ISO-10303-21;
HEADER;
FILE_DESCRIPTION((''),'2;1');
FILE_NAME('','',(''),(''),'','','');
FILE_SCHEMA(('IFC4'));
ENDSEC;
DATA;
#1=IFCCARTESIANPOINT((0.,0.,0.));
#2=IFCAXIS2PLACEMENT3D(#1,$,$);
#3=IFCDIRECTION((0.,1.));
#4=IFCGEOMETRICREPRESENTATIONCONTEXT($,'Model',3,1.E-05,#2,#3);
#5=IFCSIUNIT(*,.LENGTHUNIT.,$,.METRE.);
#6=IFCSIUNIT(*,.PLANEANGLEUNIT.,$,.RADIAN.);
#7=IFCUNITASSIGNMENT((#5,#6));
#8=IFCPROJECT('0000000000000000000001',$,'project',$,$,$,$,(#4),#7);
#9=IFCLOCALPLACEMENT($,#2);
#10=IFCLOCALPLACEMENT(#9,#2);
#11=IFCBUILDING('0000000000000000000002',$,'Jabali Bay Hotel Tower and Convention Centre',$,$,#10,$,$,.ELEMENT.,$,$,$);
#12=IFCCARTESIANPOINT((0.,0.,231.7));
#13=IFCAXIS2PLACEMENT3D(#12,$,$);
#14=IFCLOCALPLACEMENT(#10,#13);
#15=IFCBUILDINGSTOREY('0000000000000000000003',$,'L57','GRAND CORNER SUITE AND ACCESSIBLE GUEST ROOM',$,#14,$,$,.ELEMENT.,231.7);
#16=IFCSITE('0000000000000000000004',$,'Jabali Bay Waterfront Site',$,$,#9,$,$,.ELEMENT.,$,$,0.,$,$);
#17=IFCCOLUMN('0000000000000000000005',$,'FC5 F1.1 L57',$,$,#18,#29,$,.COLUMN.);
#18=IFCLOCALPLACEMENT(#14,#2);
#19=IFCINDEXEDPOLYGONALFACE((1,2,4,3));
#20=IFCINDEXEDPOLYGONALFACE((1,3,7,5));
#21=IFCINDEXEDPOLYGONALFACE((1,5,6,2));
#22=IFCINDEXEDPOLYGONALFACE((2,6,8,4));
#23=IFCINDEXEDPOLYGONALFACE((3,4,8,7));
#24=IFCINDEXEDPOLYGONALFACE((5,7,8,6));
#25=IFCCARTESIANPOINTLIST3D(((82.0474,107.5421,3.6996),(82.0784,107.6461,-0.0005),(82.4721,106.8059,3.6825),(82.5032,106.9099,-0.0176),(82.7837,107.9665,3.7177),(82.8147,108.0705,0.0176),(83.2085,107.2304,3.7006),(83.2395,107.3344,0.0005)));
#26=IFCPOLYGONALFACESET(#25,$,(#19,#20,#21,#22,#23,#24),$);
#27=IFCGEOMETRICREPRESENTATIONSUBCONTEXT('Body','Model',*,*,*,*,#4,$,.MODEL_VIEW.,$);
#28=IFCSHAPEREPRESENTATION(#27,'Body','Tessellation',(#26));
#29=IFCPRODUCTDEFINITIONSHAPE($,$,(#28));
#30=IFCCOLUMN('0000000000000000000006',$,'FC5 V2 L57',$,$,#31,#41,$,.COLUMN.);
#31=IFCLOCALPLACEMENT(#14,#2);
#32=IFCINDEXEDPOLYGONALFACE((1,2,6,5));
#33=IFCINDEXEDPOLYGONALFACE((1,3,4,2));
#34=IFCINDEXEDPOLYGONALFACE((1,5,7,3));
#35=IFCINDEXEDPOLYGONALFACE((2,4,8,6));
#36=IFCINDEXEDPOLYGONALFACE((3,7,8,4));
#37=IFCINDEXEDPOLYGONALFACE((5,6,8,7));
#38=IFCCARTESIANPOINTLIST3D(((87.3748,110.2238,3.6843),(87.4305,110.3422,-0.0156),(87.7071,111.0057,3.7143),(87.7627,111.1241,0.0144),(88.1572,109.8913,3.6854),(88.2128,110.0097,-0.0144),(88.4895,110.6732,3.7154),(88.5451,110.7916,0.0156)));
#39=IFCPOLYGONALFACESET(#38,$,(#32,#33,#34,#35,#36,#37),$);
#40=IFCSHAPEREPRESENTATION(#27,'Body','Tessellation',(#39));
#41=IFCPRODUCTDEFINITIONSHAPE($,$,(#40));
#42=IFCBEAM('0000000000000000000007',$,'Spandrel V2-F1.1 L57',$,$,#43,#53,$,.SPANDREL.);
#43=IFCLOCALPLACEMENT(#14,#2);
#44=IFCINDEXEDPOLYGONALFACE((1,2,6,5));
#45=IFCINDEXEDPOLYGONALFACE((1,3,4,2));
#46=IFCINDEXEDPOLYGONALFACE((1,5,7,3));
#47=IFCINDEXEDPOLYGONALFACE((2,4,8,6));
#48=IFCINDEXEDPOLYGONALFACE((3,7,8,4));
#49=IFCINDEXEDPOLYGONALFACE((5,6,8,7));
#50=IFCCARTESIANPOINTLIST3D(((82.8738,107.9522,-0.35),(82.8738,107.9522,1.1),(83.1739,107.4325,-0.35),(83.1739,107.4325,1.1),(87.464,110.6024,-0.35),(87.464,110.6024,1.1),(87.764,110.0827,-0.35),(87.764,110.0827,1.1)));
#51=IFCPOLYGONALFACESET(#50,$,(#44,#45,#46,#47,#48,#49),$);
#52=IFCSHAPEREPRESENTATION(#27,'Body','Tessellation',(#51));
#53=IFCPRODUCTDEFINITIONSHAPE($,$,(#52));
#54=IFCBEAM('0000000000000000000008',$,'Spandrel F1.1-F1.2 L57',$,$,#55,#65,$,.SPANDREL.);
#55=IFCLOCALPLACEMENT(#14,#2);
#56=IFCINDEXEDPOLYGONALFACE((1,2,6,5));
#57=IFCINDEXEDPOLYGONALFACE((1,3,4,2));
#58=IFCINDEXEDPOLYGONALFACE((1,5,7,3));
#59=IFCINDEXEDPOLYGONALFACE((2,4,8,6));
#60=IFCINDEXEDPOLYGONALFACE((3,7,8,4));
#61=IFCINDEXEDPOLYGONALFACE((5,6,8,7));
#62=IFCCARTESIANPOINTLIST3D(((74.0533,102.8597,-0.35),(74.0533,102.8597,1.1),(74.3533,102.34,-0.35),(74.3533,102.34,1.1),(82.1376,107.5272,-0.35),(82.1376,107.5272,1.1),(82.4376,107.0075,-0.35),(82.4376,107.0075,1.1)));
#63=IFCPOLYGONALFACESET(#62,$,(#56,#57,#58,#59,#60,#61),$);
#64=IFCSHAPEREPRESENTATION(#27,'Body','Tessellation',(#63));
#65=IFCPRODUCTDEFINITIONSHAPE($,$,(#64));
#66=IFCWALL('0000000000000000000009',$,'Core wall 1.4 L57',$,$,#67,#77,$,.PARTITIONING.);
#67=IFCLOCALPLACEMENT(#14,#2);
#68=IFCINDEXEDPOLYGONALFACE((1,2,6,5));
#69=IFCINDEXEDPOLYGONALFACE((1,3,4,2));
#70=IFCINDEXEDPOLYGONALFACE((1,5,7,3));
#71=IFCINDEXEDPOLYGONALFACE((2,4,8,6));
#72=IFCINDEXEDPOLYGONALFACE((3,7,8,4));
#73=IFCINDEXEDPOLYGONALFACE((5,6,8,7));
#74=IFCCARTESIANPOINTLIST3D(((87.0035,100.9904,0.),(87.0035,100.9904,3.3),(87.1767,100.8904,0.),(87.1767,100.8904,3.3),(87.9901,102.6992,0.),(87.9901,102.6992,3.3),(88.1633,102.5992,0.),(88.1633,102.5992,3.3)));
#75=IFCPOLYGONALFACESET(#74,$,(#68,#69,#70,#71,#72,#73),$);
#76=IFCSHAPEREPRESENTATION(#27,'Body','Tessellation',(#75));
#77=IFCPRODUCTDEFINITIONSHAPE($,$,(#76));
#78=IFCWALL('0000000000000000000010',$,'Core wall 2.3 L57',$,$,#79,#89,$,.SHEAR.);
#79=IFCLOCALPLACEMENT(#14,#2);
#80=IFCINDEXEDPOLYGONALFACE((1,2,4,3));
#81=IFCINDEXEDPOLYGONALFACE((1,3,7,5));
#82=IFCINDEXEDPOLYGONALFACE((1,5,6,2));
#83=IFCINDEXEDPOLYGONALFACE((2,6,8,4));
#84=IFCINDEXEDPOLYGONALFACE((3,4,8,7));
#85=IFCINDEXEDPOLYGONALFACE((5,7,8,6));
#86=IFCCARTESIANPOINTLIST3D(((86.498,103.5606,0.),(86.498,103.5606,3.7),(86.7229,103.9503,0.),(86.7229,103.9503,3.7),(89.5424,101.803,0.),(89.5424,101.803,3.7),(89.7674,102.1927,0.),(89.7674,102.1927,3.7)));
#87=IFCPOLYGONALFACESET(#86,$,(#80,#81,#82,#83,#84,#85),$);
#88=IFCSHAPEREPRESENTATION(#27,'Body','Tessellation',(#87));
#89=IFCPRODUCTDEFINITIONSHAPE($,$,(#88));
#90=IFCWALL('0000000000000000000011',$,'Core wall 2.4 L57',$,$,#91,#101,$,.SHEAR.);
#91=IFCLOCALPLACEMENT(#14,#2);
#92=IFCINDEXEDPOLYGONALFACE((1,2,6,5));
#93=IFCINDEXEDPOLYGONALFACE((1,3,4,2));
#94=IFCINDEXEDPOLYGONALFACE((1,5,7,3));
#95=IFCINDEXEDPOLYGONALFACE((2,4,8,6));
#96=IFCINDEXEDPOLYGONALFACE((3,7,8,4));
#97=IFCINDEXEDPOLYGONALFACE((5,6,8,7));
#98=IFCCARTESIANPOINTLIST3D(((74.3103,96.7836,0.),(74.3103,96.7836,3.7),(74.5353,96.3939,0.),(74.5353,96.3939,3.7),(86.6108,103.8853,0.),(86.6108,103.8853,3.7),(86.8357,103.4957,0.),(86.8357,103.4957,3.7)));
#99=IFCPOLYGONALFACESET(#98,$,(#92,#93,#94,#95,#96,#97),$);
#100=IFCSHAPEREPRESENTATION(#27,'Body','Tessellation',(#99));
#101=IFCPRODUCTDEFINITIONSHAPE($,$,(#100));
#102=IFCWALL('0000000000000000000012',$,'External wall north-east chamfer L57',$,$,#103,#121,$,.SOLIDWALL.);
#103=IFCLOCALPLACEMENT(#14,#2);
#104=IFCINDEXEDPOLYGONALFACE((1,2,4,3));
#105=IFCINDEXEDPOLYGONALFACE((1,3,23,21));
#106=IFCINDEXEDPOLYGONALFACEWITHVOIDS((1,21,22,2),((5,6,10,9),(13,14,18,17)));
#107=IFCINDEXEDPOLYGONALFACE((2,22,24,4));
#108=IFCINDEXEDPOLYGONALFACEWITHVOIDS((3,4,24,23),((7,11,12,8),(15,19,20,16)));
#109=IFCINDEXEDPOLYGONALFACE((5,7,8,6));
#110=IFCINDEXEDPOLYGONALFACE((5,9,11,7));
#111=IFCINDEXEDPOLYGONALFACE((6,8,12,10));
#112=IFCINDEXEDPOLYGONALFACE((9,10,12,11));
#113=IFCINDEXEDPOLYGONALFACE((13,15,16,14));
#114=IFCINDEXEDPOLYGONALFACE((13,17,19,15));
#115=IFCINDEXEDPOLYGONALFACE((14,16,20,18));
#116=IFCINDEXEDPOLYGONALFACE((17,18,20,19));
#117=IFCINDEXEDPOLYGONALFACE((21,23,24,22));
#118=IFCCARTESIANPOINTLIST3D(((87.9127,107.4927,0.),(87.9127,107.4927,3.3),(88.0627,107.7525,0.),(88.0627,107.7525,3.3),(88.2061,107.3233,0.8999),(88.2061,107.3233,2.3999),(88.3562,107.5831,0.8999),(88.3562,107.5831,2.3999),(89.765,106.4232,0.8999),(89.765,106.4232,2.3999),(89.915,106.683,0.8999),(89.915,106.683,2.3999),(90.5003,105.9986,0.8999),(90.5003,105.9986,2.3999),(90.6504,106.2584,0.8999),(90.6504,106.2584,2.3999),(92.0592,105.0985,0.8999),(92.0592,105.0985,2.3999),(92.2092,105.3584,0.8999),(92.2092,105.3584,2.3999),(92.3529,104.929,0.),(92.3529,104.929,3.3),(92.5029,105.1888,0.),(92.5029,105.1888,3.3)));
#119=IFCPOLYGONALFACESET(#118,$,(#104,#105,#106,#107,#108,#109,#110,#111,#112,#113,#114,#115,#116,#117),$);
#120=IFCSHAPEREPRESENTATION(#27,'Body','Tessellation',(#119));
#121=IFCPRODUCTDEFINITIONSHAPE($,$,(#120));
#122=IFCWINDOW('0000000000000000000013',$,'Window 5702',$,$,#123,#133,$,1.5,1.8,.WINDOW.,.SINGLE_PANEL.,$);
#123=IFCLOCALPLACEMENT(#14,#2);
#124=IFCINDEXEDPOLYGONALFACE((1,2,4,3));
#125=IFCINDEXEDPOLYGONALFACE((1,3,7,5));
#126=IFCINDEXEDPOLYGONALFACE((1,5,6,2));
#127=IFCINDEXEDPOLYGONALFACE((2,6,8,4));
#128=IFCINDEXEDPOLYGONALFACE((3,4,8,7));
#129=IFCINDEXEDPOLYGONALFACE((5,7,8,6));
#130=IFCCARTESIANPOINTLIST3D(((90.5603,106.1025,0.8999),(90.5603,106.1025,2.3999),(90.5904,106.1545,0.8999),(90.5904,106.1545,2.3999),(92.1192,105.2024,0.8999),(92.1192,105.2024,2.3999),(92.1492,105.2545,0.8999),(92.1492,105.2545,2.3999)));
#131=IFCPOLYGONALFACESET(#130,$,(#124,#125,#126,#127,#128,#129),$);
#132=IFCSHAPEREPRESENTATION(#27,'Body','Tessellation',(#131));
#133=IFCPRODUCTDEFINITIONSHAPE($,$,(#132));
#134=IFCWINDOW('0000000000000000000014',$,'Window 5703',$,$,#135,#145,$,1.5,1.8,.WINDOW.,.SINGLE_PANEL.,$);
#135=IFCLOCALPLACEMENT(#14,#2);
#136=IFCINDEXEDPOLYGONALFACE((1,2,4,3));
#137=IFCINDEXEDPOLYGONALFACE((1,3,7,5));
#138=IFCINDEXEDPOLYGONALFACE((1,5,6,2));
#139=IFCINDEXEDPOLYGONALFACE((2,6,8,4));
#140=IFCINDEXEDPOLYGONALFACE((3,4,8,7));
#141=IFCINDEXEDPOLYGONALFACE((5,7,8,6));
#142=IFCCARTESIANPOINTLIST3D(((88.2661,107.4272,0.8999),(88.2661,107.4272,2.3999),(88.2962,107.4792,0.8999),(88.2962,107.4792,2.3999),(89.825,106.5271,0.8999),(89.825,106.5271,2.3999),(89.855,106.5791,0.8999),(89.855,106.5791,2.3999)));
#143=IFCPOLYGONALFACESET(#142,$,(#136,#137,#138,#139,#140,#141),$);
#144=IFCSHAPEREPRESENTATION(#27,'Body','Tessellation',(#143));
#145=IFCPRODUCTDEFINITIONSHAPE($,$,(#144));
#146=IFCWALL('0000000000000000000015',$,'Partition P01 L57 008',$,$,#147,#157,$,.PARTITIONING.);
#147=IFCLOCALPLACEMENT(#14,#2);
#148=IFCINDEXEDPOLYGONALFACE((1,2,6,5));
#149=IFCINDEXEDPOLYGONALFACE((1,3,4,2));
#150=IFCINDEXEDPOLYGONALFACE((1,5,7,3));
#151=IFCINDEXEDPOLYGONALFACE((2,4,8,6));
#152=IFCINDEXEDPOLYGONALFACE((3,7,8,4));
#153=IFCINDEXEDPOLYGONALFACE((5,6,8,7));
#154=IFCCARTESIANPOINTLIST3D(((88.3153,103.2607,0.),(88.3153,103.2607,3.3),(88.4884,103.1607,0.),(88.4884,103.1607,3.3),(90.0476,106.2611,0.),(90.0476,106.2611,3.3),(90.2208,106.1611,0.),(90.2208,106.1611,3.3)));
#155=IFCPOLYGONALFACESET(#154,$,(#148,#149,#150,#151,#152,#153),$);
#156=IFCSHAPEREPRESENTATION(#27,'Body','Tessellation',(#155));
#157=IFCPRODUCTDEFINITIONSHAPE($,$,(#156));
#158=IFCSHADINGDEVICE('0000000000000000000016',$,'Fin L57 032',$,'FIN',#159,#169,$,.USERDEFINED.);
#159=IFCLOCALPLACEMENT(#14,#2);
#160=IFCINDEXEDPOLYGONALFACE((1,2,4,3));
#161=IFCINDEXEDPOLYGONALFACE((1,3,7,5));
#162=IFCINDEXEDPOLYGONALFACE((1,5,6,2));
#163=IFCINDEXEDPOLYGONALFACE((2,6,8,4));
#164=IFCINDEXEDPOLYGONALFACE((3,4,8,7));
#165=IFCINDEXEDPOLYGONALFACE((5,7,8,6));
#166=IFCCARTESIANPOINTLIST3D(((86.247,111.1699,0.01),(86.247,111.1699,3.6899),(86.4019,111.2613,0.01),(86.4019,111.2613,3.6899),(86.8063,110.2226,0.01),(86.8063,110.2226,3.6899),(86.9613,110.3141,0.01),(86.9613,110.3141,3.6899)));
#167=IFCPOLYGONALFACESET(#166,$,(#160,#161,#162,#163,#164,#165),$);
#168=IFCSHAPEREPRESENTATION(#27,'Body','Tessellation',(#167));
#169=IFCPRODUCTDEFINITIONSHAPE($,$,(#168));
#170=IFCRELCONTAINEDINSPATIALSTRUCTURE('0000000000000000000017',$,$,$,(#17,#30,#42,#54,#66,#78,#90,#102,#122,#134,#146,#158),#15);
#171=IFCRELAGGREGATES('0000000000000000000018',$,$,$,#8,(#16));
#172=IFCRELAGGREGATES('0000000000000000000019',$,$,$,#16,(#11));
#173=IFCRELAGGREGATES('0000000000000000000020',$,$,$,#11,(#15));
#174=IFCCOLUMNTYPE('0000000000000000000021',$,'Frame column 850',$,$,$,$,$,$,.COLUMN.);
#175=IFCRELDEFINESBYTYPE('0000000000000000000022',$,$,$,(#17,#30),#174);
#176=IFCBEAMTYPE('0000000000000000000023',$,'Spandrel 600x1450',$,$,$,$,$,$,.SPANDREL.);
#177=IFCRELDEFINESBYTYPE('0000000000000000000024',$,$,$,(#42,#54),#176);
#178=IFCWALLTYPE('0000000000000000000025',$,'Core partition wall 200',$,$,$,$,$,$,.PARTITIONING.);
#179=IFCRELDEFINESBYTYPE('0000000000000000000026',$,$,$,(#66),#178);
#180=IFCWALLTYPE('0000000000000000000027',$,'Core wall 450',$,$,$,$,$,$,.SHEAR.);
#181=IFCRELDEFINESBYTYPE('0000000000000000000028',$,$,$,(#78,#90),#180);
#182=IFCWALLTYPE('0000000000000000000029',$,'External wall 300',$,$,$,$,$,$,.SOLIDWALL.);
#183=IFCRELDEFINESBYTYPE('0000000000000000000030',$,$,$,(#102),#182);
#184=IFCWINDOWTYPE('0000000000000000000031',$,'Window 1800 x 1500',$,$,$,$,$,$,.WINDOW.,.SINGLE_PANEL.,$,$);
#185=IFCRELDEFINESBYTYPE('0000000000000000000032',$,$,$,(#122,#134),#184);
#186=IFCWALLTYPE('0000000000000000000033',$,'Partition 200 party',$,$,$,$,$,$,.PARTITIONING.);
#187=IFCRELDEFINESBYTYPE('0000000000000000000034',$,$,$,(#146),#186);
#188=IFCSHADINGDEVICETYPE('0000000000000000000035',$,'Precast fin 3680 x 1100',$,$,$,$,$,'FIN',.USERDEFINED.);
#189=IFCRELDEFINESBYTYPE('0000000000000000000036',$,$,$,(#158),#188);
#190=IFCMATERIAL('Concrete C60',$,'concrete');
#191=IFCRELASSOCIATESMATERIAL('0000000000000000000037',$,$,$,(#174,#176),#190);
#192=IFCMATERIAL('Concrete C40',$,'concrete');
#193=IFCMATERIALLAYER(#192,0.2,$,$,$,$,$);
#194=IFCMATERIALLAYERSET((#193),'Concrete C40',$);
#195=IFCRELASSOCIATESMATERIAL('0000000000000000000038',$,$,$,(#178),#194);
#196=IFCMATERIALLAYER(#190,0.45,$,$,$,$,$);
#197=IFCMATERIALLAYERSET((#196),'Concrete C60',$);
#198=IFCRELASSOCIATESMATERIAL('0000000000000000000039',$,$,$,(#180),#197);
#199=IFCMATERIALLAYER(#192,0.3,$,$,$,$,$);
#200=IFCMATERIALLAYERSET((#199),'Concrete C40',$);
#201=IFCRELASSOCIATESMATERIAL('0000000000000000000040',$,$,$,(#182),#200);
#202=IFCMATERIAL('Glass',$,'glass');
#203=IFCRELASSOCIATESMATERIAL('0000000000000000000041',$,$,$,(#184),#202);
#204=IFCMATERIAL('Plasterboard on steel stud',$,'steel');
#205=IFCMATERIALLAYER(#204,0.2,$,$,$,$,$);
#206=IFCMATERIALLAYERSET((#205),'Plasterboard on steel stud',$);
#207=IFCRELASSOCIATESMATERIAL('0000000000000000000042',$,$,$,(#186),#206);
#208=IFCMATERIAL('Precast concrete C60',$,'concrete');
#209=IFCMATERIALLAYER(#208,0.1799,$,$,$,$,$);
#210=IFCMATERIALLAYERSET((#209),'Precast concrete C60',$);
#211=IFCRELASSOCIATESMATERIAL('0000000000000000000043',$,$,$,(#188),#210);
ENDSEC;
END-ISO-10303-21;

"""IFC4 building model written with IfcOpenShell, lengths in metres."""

from ifc_helpers import new_model, si_unit, direction, frame, frame_2d, origin, origin_2d, place, context, subcontext, project, spatial, rectangle, extrude, material, layer, layer_set, material_profile, profile_set, type_object, element, fill, save


model = new_model("IFC4")

# Units and contexts
model_context = context("Model", 3, precision=1e-05, world=origin(), true_north=direction((0.0, 1.0)))
body_context = subcontext(model_context, "Body", "Model", "MODEL_VIEW")
ifc_project = project(units=[si_unit("LENGTHUNIT", "METRE"), si_unit("PLANEANGLEUNIT", "RADIAN")], contexts=[model_context])

# Site, building, storey
site_placement = place(None, origin())
site = spatial("IfcSite", under=ifc_project, at=site_placement, Name="Jabali Bay Waterfront Site", CompositionType="ELEMENT", RefElevation=0.0)
building_placement = place(site_placement, origin())
building = spatial("IfcBuilding", under=site, at=building_placement, Name="Jabali Bay Hotel Tower and Convention Centre", CompositionType="ELEMENT")
storey_placement = place(building_placement, frame((0.0, 0.0, 231.7)))
storey = spatial("IfcBuildingStorey", under=building, at=storey_placement, Name="L57", Description="GRAND CORNER SUITE AND ACCESSIBLE GUEST ROOM", CompositionType="ELEMENT", Elevation=231.7)

# Columns
ifc_material_1 = material(Name="Concrete C60", Category="concrete")
ifc_material_profile_1 = material_profile(ifc_material_1, rectangle(XDim=0.8501, YDim=0.8501, at=origin_2d()), Name="Frame column 850")
ifc_profile_set_1 = profile_set([ifc_material_profile_1], Name="Concrete C60")
column_type = type_object("IfcColumnType", Name="Frame column 850", PredefinedType="COLUMN", material=ifc_profile_set_1)
column_1_placement = place(storey_placement, frame((82.6589, 107.4902, 0.0), z_axis=(-0.008376, -0.028097, 0.99957), x_axis=(0.866174, 0.499288, 0.021293)))
element("IfcColumn", 1, at=column_1_placement, inside=storey, type_object=column_type, Name="FC5 F1.1 L57", PredefinedType="COLUMN", context=body_context, shape_type="SweptSolid", body=[
    extrude(rectangle(XDim=0.8501, YDim=0.8501, at=origin_2d()), origin(), (0.0, 0.0, 1.0), 3.7017),
])
column_2_placement = place(storey_placement, frame((87.9878, 110.5669, 0.0), z_axis=(-0.015035, -0.031983, 0.999375), x_axis=(0.920325, -0.391152, 0.001328)))
element("IfcColumn", 2, at=column_2_placement, inside=storey, type_object=column_type, Name="FC5 V2 L57", PredefinedType="COLUMN", context=body_context, shape_type="SweptSolid", body=[
    extrude(rectangle(XDim=0.8501, YDim=0.8501, at=origin_2d()), origin(), (0.0, 0.0, 1.0), 3.7021),
])

# Beams
ifc_material_profile_2 = material_profile(ifc_material_1, rectangle(XDim=0.6001, YDim=1.45, at=origin_2d()), Name="Spandrel 600x1450")
ifc_profile_set_2 = profile_set([ifc_material_profile_2], Name="Concrete C60")
beam_type = type_object("IfcBeamType", Name="Spandrel 600x1450", PredefinedType="SPANDREL", material=ifc_profile_set_2)
beam_1_placement = place(storey_placement, frame((87.614, 110.3425, 0.375), z_axis=(-0.866021, -0.500008, 0.0), x_axis=(0.500008, -0.866021, 0.0)))
element("IfcBeam", 3, at=beam_1_placement, inside=storey, type_object=beam_type, Name="Spandrel V2-F1.1 L57", PredefinedType="SPANDREL", context=body_context, shape_type="SweptSolid", body=[
    extrude(rectangle(XDim=0.6001, YDim=1.45, at=origin_2d()), origin(), (0.0, 0.0, 1.0), 5.3003),
])
beam_2_placement = place(storey_placement, frame((82.2876, 107.2673, 0.375), z_axis=(-0.866023, -0.500004, 0.0), x_axis=(0.500004, -0.866023, 0.0)))
element("IfcBeam", 4, at=beam_2_placement, inside=storey, type_object=beam_type, Name="Spandrel F1.1-F1.2 L57", PredefinedType="SPANDREL", context=body_context, shape_type="SweptSolid", body=[
    extrude(rectangle(XDim=0.6001, YDim=1.45, at=origin_2d()), origin(), (0.0, 0.0, 1.0), 9.335),
])

# Walls
ifc_material_2 = material(Name="Concrete C40", Category="concrete")
ifc_layer_1 = layer(ifc_material_2, 0.2)
ifc_layer_set_1 = layer_set([ifc_layer_1], Name="Concrete C40")
wall_type_1 = type_object("IfcWallType", Name="Core partition wall 200", PredefinedType="PARTITIONING", material=ifc_layer_set_1)
wall_1_placement = place(storey_placement, frame((87.0901, 100.9404, 0.0), z_axis=(0.0, 0.0, 1.0), x_axis=(0.500012, 0.866019, 0.0)))
element("IfcWall", 5, at=wall_1_placement, inside=storey, type_object=wall_type_1, Name="Core wall 1.4 L57", PredefinedType="PARTITIONING", context=body_context, shape_type="SweptSolid", body=[
    extrude(rectangle(XDim=1.9731, YDim=0.2, at=frame_2d((0.9866, 0.0))), origin(), (0.0, 0.0, 1.0), 3.3),
])
ifc_layer_2 = layer(ifc_material_1, 0.45)
ifc_layer_set_2 = layer_set([ifc_layer_2], Name="Concrete C60")
wall_type_2 = type_object("IfcWallType", Name="Core wall 450", PredefinedType="SHEAR", material=ifc_layer_set_2)
wall_2_placement = place(storey_placement, frame((89.655, 101.9978, 0.0), z_axis=(0.0, 0.0, 1.0), x_axis=(-0.866042, 0.499971, 0.0)))
element("IfcWall", 6, at=wall_2_placement, inside=storey, type_object=wall_type_2, Name="Core wall 2.3 L57", PredefinedType="SHEAR", context=body_context, shape_type="SweptSolid", body=[
    extrude(rectangle(XDim=3.5154, YDim=0.45, at=frame_2d((1.7578, 0.0))), origin(), (0.0, 0.0, 1.0), 3.7),
])
wall_3_placement = place(storey_placement, frame((86.7231, 103.6904, 0.0), z_axis=(0.0, 0.0, 1.0), x_axis=(-0.866023, -0.500005, 0.0)))
element("IfcWall", 7, at=wall_3_placement, inside=storey, type_object=wall_type_2, Name="Core wall 2.4 L57", PredefinedType="SHEAR", context=body_context, shape_type="SweptSolid", body=[
    extrude(rectangle(XDim=14.2034, YDim=0.45, at=frame_2d((7.1016, 0.0))), origin(), (0.0, 0.0, 1.0), 3.7),
])

# Wall, openings, windows
ifc_layer_3 = layer(ifc_material_2, 0.3)
ifc_layer_set_3 = layer_set([ifc_layer_3], Name="Concrete C40")
wall_type_3 = type_object("IfcWallType", Name="External wall 300", PredefinedType="SOLIDWALL", material=ifc_layer_set_3)
wall_4_placement = place(storey_placement, frame((87.9878, 107.6226, 0.0), z_axis=(0.0, 0.0, 1.0), x_axis=(0.86601, -0.500026, 0.0)))
wall_4 = element("IfcWall", 8, at=wall_4_placement, inside=storey, type_object=wall_type_3, Name="External wall north-east chamfer L57", PredefinedType="SOLIDWALL", context=body_context, shape_type="SweptSolid", body=[
    extrude(rectangle(XDim=5.1272, YDim=0.3, at=frame_2d((2.5635, 0.0))), origin(), (0.0, 0.0, 1.0), 3.3),
])
opening_1_placement = place(wall_4_placement, frame((2.988, 0.0, 0.8999)))
opening_1 = element("IfcOpeningElement", 9, at=opening_1_placement, cuts=wall_4, PredefinedType="OPENING", context=body_context, shape_type="SweptSolid", body=[
    extrude(rectangle(XDim=1.8, YDim=1.5, at=frame_2d((0.8999, 0.75))), frame((0.0, 0.1606, 0.0), z_axis=(0.0, -1.0, 0.0), x_axis=(1.0, 0.0, 0.0)), (0.0, 0.0, 1.0), 0.321),
])
opening_2_placement = place(wall_4_placement, frame((0.3389, 0.0, 0.8999)))
opening_2 = element("IfcOpeningElement", 10, at=opening_2_placement, cuts=wall_4, PredefinedType="OPENING", context=body_context, shape_type="SweptSolid", body=[
    extrude(rectangle(XDim=1.8, YDim=1.5, at=frame_2d((0.8999, 0.75))), frame((0.0, 0.1606, 0.0), z_axis=(0.0, -1.0, 0.0), x_axis=(1.0, 0.0, 0.0)), (0.0, 0.0, 1.0), 0.321),
])
ifc_material_3 = material(Name="Glass", Category="glass")
window_type = type_object("IfcWindowType", Name="Window 1800 x 1500", PartitioningType="SINGLE_PANEL", PredefinedType="WINDOW", material=ifc_material_3)
window_1_placement = place(opening_1_placement, origin())
window_1 = element("IfcWindow", 11, at=window_1_placement, inside=storey, type_object=window_type, Name="Window 5702", OverallHeight=1.5, OverallWidth=1.8, PartitioningType="SINGLE_PANEL", PredefinedType="WINDOW", context=body_context, shape_type="SweptSolid", body=[
    extrude(rectangle(XDim=1.8, YDim=1.5, at=frame_2d((0.8999, 0.75))), frame((0.0, 0.03, 0.0), z_axis=(0.0, -1.0, 0.0), x_axis=(1.0, 0.0, 0.0)), (0.0, 0.0, 1.0), 0.0601),
])
fill(opening_1, window_1)
window_2_placement = place(opening_2_placement, origin())
window_2 = element("IfcWindow", 12, at=window_2_placement, inside=storey, type_object=window_type, Name="Window 5703", OverallHeight=1.5, OverallWidth=1.8, PartitioningType="SINGLE_PANEL", PredefinedType="WINDOW", context=body_context, shape_type="SweptSolid", body=[
    extrude(rectangle(XDim=1.8, YDim=1.5, at=frame_2d((0.8999, 0.75))), frame((0.0, 0.03, 0.0), z_axis=(0.0, -1.0, 0.0), x_axis=(1.0, 0.0, 0.0)), (0.0, 0.0, 1.0), 0.0601),
])
fill(opening_2, window_2)

# Wall
ifc_material_4 = material(Name="Plasterboard on steel stud", Category="steel")
ifc_layer_4 = layer(ifc_material_4, 0.2)
ifc_layer_set_4 = layer_set([ifc_layer_4], Name="Plasterboard on steel stud")
wall_type_4 = type_object("IfcWallType", Name="Partition 200 party", PredefinedType="PARTITIONING", material=ifc_layer_set_4)
wall_5_placement = place(storey_placement, frame((90.1343, 106.2112, 0.0), z_axis=(0.0, 0.0, 1.0), x_axis=(-0.500019, -0.866014, 0.0)))
element("IfcWall", 13, at=wall_5_placement, inside=storey, type_object=wall_type_4, Name="Partition P01 L57 008", PredefinedType="PARTITIONING", context=body_context, shape_type="SweptSolid", body=[
    extrude(rectangle(XDim=3.4646, YDim=0.2, at=frame_2d((1.7324, 0.0))), origin(), (0.0, 0.0, 1.0), 3.3),
])

# Shading device
ifc_material_5 = material(Name="Precast concrete C60", Category="concrete")
ifc_layer_5 = layer(ifc_material_5, 0.1799)
ifc_layer_set_5 = layer_set([ifc_layer_5], Name="Precast concrete C60")
shading_device_type_1 = type_object("IfcShadingDeviceType", Name="Precast fin 3680 x 1100", ElementType="FIN", PredefinedType="USERDEFINED", material=ifc_layer_set_5)
for number, where, z_axis, x_axis, name in (
    (14, (86.8838, 110.2683, 0.01), (0.0, 0.0, 1.0), (-0.508445, 0.861094, 0.0), "Fin L57 032"),
):
    element("IfcShadingDevice", number, at=place(storey_placement, frame(where, z_axis=z_axis, x_axis=x_axis)), inside=storey, type_object=shading_device_type_1, Name=name, ObjectType="FIN", PredefinedType="USERDEFINED", context=body_context, shape_type="SweptSolid", body=[
        extrude(rectangle(XDim=1.1001, YDim=0.1799, at=frame_2d((0.55, 0.0))), origin(), (0.0, 0.0, 1.0), 3.6799),
    ])

save(model, "model.ifc")
